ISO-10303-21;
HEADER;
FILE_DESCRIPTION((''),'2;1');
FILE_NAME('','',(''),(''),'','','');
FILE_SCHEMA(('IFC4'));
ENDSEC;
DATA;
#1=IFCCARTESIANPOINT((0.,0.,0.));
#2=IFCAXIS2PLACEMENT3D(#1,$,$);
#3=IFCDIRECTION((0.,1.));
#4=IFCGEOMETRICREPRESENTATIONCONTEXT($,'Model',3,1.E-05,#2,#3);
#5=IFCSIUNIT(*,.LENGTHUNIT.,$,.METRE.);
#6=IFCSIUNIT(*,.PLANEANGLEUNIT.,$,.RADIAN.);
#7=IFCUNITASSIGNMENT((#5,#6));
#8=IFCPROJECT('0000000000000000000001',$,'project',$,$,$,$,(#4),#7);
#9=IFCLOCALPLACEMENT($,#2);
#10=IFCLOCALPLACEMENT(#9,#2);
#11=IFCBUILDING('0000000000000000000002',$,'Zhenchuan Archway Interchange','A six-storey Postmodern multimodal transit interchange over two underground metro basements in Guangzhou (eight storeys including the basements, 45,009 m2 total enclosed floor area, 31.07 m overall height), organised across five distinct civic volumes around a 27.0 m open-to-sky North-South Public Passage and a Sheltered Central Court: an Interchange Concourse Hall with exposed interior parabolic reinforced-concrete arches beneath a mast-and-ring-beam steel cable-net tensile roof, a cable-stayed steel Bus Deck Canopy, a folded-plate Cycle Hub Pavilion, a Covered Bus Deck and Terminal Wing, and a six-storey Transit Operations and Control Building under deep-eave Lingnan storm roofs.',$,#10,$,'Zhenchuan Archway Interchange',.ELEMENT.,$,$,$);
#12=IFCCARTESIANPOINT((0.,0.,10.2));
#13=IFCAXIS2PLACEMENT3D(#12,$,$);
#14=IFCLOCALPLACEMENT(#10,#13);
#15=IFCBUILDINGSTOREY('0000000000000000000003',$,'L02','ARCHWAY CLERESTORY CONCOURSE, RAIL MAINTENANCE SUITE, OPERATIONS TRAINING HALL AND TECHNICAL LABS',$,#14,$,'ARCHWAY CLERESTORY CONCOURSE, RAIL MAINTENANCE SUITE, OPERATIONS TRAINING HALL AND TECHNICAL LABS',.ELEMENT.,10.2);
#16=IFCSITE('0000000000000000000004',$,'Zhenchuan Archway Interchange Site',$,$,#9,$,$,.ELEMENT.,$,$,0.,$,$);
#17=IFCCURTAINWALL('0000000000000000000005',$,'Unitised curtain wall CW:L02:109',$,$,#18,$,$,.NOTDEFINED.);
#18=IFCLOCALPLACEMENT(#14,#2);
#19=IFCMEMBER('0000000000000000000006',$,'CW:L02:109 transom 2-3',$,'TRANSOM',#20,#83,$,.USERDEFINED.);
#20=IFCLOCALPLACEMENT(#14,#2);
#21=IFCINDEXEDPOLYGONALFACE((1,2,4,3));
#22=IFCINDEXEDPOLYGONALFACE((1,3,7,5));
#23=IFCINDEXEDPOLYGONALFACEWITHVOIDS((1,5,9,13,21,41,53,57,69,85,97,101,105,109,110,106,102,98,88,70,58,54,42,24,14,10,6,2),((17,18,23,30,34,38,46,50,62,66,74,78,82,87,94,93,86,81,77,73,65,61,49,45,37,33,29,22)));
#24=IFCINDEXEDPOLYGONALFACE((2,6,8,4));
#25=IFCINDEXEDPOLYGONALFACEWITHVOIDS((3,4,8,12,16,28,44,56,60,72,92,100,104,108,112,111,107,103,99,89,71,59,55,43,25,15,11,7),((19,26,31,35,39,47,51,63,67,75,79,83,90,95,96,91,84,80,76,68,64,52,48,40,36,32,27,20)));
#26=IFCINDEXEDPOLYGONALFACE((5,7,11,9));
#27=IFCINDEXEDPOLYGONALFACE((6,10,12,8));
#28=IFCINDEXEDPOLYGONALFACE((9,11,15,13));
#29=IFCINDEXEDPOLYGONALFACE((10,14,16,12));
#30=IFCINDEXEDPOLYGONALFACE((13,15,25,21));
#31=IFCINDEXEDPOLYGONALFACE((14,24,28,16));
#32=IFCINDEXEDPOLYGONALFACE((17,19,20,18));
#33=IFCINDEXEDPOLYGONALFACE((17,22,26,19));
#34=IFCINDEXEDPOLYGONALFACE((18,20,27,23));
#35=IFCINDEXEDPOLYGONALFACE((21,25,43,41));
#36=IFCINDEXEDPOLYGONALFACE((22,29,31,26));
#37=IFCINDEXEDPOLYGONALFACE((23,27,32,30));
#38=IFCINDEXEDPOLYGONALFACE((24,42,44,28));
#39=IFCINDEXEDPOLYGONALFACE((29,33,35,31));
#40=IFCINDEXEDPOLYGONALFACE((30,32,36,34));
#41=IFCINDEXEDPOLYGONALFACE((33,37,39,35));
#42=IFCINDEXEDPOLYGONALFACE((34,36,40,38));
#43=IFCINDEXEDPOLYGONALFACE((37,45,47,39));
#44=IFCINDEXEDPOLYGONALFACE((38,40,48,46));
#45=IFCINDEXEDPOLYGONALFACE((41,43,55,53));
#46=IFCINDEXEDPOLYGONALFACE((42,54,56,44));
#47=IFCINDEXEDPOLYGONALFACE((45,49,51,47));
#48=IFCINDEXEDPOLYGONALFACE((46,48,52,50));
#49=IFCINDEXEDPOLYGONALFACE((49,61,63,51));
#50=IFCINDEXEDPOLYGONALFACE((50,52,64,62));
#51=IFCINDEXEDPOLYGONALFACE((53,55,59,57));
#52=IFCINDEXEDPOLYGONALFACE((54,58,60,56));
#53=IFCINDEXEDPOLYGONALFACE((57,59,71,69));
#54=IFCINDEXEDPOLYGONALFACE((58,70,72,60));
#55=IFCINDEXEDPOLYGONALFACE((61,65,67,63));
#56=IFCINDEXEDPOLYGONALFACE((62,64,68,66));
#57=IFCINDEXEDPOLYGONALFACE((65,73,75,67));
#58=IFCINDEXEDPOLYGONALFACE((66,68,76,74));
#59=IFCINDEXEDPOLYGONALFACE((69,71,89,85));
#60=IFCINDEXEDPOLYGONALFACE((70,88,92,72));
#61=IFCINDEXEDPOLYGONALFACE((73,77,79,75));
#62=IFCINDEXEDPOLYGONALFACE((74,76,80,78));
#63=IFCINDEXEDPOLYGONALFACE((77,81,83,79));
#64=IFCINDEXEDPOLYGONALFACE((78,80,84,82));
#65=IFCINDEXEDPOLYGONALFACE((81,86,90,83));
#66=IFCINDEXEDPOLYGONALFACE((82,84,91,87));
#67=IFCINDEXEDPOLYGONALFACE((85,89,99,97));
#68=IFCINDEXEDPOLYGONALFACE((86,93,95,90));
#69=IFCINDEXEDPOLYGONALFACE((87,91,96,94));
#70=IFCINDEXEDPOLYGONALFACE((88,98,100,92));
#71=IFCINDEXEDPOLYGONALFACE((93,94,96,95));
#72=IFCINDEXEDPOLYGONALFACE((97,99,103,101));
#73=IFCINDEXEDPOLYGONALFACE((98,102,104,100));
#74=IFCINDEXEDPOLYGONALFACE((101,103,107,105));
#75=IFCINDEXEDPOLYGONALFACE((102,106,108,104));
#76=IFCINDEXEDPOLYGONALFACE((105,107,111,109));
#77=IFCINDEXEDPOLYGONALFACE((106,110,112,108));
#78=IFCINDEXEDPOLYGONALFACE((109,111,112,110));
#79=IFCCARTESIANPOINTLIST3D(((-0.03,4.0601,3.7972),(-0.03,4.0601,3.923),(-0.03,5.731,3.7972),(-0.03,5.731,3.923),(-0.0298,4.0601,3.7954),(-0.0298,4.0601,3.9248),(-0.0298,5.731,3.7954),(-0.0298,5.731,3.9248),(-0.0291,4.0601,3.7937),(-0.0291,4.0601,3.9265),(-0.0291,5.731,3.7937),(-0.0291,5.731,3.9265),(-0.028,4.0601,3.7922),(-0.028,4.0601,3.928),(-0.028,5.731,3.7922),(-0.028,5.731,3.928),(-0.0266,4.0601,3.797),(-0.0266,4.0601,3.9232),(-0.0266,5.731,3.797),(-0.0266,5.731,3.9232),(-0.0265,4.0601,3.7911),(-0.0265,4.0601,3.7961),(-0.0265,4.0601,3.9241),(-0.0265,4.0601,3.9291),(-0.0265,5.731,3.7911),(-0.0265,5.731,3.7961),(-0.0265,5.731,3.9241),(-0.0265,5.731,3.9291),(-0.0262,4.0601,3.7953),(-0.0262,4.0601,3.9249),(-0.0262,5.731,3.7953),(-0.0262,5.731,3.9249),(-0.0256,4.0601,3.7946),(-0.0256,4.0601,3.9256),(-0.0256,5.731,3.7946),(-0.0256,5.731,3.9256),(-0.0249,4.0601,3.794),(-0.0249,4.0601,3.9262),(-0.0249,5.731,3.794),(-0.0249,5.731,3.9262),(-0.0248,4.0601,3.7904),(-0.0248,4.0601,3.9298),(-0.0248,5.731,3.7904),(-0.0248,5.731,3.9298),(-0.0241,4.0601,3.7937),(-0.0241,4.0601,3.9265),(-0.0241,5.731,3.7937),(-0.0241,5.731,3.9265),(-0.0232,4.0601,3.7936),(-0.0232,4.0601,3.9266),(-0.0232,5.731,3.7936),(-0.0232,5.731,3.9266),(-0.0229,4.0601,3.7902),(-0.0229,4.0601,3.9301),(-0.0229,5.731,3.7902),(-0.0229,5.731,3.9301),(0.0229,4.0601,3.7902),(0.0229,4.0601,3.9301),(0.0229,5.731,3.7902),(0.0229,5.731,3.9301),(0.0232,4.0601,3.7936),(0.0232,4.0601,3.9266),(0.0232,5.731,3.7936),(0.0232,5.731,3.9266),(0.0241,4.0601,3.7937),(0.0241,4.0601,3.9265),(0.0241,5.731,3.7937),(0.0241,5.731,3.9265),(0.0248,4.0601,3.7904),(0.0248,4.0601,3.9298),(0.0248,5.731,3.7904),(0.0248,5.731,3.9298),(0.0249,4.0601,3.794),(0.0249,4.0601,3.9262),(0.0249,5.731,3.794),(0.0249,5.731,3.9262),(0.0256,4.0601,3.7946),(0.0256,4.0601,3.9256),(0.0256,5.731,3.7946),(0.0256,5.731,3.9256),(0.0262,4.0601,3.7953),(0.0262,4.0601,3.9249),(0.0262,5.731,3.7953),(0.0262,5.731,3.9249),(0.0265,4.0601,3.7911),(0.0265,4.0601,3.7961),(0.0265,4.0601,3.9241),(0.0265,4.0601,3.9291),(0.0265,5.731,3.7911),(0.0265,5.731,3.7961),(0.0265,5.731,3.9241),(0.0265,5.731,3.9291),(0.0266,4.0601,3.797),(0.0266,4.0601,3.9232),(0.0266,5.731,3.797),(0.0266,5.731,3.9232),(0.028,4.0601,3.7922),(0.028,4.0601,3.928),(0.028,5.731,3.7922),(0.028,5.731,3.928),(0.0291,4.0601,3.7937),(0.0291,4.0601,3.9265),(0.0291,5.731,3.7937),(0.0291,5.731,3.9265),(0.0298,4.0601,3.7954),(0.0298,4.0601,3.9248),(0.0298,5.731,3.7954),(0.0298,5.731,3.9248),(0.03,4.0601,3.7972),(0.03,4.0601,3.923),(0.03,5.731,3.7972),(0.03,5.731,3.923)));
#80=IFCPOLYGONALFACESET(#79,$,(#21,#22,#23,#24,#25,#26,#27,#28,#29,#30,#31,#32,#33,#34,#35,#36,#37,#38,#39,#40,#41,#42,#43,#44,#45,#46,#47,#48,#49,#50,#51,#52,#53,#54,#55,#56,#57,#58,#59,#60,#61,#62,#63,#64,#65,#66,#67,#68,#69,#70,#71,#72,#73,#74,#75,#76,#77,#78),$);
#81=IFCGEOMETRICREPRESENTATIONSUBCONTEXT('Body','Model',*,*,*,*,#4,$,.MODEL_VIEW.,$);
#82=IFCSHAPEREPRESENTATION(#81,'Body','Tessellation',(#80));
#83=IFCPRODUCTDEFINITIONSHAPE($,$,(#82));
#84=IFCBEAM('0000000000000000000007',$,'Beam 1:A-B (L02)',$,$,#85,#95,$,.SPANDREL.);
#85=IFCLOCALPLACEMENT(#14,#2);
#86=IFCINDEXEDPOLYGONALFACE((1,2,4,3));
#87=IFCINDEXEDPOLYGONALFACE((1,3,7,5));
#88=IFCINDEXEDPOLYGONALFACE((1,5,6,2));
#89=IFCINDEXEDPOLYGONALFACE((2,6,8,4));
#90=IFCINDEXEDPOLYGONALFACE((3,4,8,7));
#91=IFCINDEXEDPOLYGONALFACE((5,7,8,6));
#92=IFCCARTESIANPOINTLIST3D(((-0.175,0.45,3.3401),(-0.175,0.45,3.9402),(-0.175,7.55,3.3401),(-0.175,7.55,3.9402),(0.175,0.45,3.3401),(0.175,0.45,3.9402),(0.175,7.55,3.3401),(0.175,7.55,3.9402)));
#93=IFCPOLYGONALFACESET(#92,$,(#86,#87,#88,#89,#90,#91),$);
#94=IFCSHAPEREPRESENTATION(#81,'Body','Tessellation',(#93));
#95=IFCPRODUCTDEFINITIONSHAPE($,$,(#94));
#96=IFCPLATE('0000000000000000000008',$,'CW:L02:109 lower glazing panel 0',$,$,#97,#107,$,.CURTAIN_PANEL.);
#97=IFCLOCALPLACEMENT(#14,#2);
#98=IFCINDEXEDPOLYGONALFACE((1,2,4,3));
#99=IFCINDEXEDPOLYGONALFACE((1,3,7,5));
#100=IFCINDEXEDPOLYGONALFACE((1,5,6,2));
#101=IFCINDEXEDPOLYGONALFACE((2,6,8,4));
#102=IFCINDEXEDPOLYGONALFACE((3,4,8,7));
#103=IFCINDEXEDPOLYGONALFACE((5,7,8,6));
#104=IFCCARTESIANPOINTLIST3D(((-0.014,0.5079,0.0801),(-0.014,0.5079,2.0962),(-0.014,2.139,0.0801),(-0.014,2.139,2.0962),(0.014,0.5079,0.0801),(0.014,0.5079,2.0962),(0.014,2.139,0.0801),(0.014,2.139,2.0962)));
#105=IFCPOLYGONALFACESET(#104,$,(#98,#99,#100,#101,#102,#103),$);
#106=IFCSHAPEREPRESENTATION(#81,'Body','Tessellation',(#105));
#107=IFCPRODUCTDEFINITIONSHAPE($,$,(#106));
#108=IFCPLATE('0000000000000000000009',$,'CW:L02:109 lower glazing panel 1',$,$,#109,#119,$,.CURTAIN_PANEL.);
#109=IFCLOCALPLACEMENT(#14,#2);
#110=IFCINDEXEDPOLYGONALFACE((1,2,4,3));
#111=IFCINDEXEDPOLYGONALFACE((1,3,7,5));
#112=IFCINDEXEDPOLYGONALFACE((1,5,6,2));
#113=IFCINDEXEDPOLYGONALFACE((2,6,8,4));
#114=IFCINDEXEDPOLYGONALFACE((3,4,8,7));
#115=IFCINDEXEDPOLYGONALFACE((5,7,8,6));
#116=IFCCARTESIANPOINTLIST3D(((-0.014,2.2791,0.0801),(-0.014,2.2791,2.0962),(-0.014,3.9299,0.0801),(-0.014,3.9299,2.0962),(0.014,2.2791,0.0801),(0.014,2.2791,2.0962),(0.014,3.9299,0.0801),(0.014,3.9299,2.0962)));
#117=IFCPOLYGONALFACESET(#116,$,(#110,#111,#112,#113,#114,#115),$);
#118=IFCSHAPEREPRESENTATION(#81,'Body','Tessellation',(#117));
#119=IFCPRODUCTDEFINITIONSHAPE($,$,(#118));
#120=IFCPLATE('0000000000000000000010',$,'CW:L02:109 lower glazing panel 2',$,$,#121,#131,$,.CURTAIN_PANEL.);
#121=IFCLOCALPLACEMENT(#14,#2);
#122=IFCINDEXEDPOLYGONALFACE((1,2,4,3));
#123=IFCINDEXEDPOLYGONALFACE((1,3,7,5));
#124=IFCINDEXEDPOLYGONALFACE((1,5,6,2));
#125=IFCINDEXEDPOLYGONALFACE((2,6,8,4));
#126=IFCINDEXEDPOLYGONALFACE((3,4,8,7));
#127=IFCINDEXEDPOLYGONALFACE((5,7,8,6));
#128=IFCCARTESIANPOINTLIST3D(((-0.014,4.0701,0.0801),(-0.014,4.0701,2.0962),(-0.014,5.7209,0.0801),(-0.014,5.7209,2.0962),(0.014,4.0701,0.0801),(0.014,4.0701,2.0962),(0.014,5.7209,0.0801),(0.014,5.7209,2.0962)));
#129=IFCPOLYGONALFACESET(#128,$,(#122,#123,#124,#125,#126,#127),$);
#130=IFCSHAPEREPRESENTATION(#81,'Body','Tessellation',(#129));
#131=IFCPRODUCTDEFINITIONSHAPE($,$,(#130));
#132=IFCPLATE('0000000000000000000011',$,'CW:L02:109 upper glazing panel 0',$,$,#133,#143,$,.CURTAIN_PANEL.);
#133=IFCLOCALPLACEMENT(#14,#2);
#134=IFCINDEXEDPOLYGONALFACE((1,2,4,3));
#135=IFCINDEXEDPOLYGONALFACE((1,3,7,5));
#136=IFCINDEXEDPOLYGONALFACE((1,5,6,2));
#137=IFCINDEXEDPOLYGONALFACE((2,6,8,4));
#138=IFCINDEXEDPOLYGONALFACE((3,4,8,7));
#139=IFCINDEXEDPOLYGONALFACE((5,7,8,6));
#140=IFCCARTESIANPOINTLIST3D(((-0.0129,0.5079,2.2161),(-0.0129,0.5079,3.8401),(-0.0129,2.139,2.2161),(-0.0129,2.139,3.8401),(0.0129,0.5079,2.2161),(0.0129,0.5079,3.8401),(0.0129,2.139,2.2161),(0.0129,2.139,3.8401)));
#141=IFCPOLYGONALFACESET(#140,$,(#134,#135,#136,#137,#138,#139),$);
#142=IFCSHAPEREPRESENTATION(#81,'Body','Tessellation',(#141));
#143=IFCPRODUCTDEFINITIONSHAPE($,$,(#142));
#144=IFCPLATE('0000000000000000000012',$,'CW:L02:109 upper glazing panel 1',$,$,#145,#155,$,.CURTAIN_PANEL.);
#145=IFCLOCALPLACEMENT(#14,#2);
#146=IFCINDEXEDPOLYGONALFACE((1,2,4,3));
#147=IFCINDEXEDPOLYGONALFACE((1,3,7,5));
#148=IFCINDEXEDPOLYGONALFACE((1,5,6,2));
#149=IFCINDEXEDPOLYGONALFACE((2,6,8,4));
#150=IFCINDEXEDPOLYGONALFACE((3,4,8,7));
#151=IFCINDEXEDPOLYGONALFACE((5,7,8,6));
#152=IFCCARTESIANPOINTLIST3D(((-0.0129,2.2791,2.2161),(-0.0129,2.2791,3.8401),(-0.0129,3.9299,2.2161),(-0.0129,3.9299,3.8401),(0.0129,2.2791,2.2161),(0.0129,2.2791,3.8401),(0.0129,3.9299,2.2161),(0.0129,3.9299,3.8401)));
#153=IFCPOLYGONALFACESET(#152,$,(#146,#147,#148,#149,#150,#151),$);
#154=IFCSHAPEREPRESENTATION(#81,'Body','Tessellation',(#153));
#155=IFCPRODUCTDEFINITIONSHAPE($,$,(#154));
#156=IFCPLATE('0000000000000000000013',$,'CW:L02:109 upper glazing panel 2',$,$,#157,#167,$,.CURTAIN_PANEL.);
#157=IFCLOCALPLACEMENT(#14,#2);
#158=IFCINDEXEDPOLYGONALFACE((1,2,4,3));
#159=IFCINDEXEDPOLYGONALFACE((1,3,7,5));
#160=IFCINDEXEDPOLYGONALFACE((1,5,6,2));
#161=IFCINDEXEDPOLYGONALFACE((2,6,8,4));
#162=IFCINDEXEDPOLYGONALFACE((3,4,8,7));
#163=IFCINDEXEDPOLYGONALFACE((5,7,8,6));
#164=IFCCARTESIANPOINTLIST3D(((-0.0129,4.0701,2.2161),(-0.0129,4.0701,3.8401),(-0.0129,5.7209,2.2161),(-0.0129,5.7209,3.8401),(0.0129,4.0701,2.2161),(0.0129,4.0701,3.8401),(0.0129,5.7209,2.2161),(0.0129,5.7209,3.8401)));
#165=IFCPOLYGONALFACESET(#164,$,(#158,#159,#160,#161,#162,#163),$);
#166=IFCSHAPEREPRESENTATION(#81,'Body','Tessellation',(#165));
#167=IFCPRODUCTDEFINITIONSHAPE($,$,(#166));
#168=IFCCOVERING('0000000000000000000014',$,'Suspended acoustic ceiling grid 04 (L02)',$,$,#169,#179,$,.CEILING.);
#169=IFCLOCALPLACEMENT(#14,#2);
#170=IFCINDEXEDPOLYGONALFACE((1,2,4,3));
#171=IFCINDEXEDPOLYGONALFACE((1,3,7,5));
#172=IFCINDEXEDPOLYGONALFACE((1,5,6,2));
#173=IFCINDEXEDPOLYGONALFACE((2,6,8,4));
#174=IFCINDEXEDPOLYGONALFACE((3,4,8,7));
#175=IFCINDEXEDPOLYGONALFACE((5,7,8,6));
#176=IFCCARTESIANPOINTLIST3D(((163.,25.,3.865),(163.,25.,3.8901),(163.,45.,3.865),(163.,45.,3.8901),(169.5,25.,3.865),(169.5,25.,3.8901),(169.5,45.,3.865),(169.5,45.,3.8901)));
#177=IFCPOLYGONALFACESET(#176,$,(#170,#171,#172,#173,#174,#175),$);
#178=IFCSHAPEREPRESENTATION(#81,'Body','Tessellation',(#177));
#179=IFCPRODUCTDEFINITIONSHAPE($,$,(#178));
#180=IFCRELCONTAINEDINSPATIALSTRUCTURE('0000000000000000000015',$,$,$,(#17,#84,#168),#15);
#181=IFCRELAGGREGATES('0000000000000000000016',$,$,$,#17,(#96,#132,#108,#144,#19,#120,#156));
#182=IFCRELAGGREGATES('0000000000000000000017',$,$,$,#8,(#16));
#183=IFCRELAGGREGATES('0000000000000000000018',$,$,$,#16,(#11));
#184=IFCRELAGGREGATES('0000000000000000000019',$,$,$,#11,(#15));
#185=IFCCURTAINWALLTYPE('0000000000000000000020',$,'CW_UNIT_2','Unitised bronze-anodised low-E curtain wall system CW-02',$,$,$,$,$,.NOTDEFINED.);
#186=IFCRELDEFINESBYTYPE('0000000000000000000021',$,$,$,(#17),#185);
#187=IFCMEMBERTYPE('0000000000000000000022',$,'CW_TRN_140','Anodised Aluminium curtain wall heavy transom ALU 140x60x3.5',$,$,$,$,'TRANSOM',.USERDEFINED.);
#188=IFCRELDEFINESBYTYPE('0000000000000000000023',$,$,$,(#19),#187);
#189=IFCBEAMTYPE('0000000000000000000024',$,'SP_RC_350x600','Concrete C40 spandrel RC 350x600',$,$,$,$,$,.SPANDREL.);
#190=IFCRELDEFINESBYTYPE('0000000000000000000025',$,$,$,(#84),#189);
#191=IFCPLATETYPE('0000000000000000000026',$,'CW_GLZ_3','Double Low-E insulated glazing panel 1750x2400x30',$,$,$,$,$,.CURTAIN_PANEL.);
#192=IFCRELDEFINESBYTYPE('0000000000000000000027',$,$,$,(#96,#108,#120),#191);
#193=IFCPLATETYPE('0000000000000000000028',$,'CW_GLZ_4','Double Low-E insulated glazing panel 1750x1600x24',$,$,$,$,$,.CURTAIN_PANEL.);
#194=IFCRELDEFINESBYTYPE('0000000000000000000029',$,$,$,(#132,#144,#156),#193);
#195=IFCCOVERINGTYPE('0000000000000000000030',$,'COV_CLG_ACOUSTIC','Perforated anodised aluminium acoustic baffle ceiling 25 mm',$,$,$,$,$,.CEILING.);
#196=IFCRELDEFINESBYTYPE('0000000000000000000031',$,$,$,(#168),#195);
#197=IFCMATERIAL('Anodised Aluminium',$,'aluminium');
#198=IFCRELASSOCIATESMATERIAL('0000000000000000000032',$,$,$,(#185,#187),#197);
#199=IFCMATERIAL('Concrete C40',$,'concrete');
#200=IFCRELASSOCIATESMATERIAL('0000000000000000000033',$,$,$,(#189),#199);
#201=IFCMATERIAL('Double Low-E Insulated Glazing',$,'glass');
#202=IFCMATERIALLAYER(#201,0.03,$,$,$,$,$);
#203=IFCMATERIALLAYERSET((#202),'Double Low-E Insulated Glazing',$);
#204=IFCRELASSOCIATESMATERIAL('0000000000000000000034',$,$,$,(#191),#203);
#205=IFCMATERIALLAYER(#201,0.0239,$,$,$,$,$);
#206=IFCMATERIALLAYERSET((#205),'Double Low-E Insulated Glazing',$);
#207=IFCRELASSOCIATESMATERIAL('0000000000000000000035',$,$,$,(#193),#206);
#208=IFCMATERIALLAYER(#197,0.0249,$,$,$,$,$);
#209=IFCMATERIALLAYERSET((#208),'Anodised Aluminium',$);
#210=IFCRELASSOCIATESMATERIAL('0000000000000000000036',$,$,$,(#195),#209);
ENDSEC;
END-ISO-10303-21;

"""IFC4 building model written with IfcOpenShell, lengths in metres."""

from ifc_helpers import new_model, si_unit, direction, frame, origin, origin_2d, place, context, subcontext, project, spatial, polyline, rectangle, hollow_rectangle, outline, extrude, material, layer, layer_set, material_profile, profile_set, type_object, element, aggregate, save


model = new_model("IFC4")

# Units and contexts
model_context = context("Model", 3, precision=1e-05, world=origin(), true_north=direction((0.0, 1.0)))
body_context = subcontext(model_context, "Body", "Model", "MODEL_VIEW")
ifc_project = project(units=[si_unit("LENGTHUNIT", "METRE"), si_unit("PLANEANGLEUNIT", "RADIAN")], contexts=[model_context])

# Site, building, storey
site_placement = place(None, origin())
site = spatial("IfcSite", under=ifc_project, at=site_placement, Name="Zhenchuan Archway Interchange Site", CompositionType="ELEMENT", RefElevation=0.0)
building_placement = place(site_placement, origin())
building = spatial("IfcBuilding", under=site, at=building_placement, Name="Zhenchuan Archway Interchange", Description="A six-storey Postmodern multimodal transit interchange over two underground metro basements in Guangzhou (eight storeys including the basements, 45,009 m2 total enclosed floor area, 31.07 m overall height), organised across five distinct civic volumes around a 27.0 m open-to-sky North-South Public Passage and a Sheltered Central Court: an Interchange Concourse Hall with exposed interior parabolic reinforced-concrete arches beneath a mast-and-ring-beam steel cable-net tensile roof, a cable-stayed steel Bus Deck Canopy, a folded-plate Cycle Hub Pavilion, a Covered Bus Deck and Terminal Wing, and a six-storey Transit Operations and Control Building under deep-eave Lingnan storm roofs.", LongName="Zhenchuan Archway Interchange", CompositionType="ELEMENT")
storey_placement = place(building_placement, frame((0.0, 0.0, 10.2)))
storey = spatial("IfcBuildingStorey", under=building, at=storey_placement, Name="L02", Description="ARCHWAY CLERESTORY CONCOURSE, RAIL MAINTENANCE SUITE, OPERATIONS TRAINING HALL AND TECHNICAL LABS", LongName="ARCHWAY CLERESTORY CONCOURSE, RAIL MAINTENANCE SUITE, OPERATIONS TRAINING HALL AND TECHNICAL LABS", CompositionType="ELEMENT", Elevation=10.2)

# Curtain wall, member
ifc_material_1 = material(Name="Anodised Aluminium", Category="aluminium")
curtain_wall_type = type_object("IfcCurtainWallType", Name="CW_UNIT_2", Description="Unitised bronze-anodised low-E curtain wall system CW-02", PredefinedType="NOTDEFINED", material=ifc_material_1)
curtain_wall_placement = place(storey_placement, origin())
curtain_wall = element("IfcCurtainWall", 1, at=curtain_wall_placement, inside=storey, type_object=curtain_wall_type, Name="Unitised curtain wall CW:L02:109", PredefinedType="NOTDEFINED")
ifc_material_profile_1 = material_profile(ifc_material_1, hollow_rectangle(XDim=0.0601, YDim=0.1399, WallThickness=0.0034, InnerFilletRadius=0.0034, OuterFilletRadius=0.0071, at=origin_2d()), Name="ALU 140x60x3.5")
ifc_profile_set_1 = profile_set([ifc_material_profile_1], Name="Anodised Aluminium")
member_type_1 = type_object("IfcMemberType", Name="CW_TRN_140", Description="Anodised Aluminium curtain wall heavy transom ALU 140x60x3.5", ElementType="TRANSOM", PredefinedType="USERDEFINED", material=ifc_profile_set_1)
member_1_placement = place(storey_placement, frame((0.0, 4.0601, 3.8601), z_axis=(0.0, 1.0, 0.0), x_axis=(-1.0, 0.0, 0.0)))
member_1 = element("IfcMember", 2, at=member_1_placement, type_object=member_type_1, Name="CW:L02:109 transom 2-3", ObjectType="TRANSOM", PredefinedType="USERDEFINED", context=body_context, shape_type="SweptSolid", body=[
    extrude(hollow_rectangle(XDim=0.0601, YDim=0.1399, WallThickness=0.0034, InnerFilletRadius=0.0034, OuterFilletRadius=0.0071, at=origin_2d()), origin(), (0.0, 0.0, 1.0), 1.6709),
])

# Beam
ifc_material_2 = material(Name="Concrete C40", Category="concrete")
ifc_material_profile_2 = material_profile(ifc_material_2, rectangle(XDim=0.3501, YDim=0.6001, at=origin_2d()), Name="RC 350x600")
ifc_profile_set_2 = profile_set([ifc_material_profile_2], Name="Concrete C40")
beam_type = type_object("IfcBeamType", Name="SP_RC_350x600", Description="Concrete C40 spandrel RC 350x600", PredefinedType="SPANDREL", material=ifc_profile_set_2)
beam_placement = place(storey_placement, frame((0.0, 0.45, 3.6401), z_axis=(0.0, 1.0, 0.0), x_axis=(-1.0, 0.0, 0.0)))
element("IfcBeam", 3, at=beam_placement, inside=storey, type_object=beam_type, Name="Beam 1:A-B (L02)", PredefinedType="SPANDREL", context=body_context, shape_type="SweptSolid", body=[
    extrude(rectangle(XDim=0.3501, YDim=0.6001, at=origin_2d()), origin(), (0.0, 0.0, 1.0), 7.1001),
])

# Plates
ifc_material_3 = material(Name="Double Low-E Insulated Glazing", Category="glass")
ifc_layer_1 = layer(ifc_material_3, 0.03)
ifc_layer_set_1 = layer_set([ifc_layer_1], Name="Double Low-E Insulated Glazing")
plate_type_1 = type_object("IfcPlateType", Name="CW_GLZ_3", Description="Double Low-E insulated glazing panel 1750x2400x30", PredefinedType="CURTAIN_PANEL", material=ifc_layer_set_1)
plate_1_placement = place(storey_placement, frame((0.0, 1.3235, 0.0801), z_axis=(0.0, 0.0, 1.0), x_axis=(0.0, 1.0, 0.0)))
plate_1 = element("IfcPlate", 4, at=plate_1_placement, type_object=plate_type_1, Name="CW:L02:109 lower glazing panel 0", PredefinedType="CURTAIN_PANEL", context=body_context, shape_type="SweptSolid", body=[
    extrude(rectangle(XDim=1.6311, YDim=0.0281, at=origin_2d()), origin(), (0.0, 0.0, 1.0), 2.0161),
])
plate_2_placement = place(storey_placement, frame((0.0, 3.1045, 0.0801), z_axis=(0.0, 0.0, 1.0), x_axis=(0.0, 1.0, 0.0)))
plate_2 = element("IfcPlate", 5, at=plate_2_placement, type_object=plate_type_1, Name="CW:L02:109 lower glazing panel 1", PredefinedType="CURTAIN_PANEL", context=body_context, shape_type="SweptSolid", body=[
    extrude(rectangle(XDim=1.6509, YDim=0.0281, at=origin_2d()), origin(), (0.0, 0.0, 1.0), 2.0161),
])
plate_3_placement = place(storey_placement, frame((0.0, 4.8955, 0.0801), z_axis=(0.0, 0.0, 1.0), x_axis=(0.0, 1.0, 0.0)))
plate_3 = element("IfcPlate", 6, at=plate_3_placement, type_object=plate_type_1, Name="CW:L02:109 lower glazing panel 2", PredefinedType="CURTAIN_PANEL", context=body_context, shape_type="SweptSolid", body=[
    extrude(rectangle(XDim=1.6509, YDim=0.0281, at=origin_2d()), origin(), (0.0, 0.0, 1.0), 2.0161),
])
ifc_layer_2 = layer(ifc_material_3, 0.0239)
ifc_layer_set_2 = layer_set([ifc_layer_2], Name="Double Low-E Insulated Glazing")
plate_type_2 = type_object("IfcPlateType", Name="CW_GLZ_4", Description="Double Low-E insulated glazing panel 1750x1600x24", PredefinedType="CURTAIN_PANEL", material=ifc_layer_set_2)
plate_4_placement = place(storey_placement, frame((0.0, 1.3235, 2.2161), z_axis=(0.0, 0.0, 1.0), x_axis=(0.0, 1.0, 0.0)))
plate_4 = element("IfcPlate", 7, at=plate_4_placement, type_object=plate_type_2, Name="CW:L02:109 upper glazing panel 0", PredefinedType="CURTAIN_PANEL", context=body_context, shape_type="SweptSolid", body=[
    extrude(rectangle(XDim=1.6311, YDim=0.0259, at=origin_2d()), origin(), (0.0, 0.0, 1.0), 1.624),
])
plate_5_placement = place(storey_placement, frame((0.0, 3.1045, 2.2161), z_axis=(0.0, 0.0, 1.0), x_axis=(0.0, 1.0, 0.0)))
plate_5 = element("IfcPlate", 8, at=plate_5_placement, type_object=plate_type_2, Name="CW:L02:109 upper glazing panel 1", PredefinedType="CURTAIN_PANEL", context=body_context, shape_type="SweptSolid", body=[
    extrude(rectangle(XDim=1.6509, YDim=0.0259, at=origin_2d()), origin(), (0.0, 0.0, 1.0), 1.624),
])
plate_6_placement = place(storey_placement, frame((0.0, 4.8955, 2.2161), z_axis=(0.0, 0.0, 1.0), x_axis=(0.0, 1.0, 0.0)))
plate_6 = element("IfcPlate", 9, at=plate_6_placement, type_object=plate_type_2, Name="CW:L02:109 upper glazing panel 2", PredefinedType="CURTAIN_PANEL", context=body_context, shape_type="SweptSolid", body=[
    extrude(rectangle(XDim=1.6509, YDim=0.0259, at=origin_2d()), origin(), (0.0, 0.0, 1.0), 1.624),
])
aggregate(curtain_wall, [plate_1, plate_4, plate_2, plate_5, member_1, plate_3, plate_6])

# Covering
ifc_layer_3 = layer(ifc_material_1, 0.0249)
ifc_layer_set_3 = layer_set([ifc_layer_3], Name="Anodised Aluminium")
covering_type = type_object("IfcCoveringType", Name="COV_CLG_ACOUSTIC", Description="Perforated anodised aluminium acoustic baffle ceiling 25 mm", PredefinedType="CEILING", material=ifc_layer_set_3)
covering_placement = place(storey_placement, frame((0.0, 0.0, 3.865)))
element("IfcCovering", 10, at=covering_placement, inside=storey, type_object=covering_type, Name="Suspended acoustic ceiling grid 04 (L02)", PredefinedType="CEILING", context=body_context, shape_type="SweptSolid", body=[
    extrude(outline(polyline([(163.0, 25.0), (169.5, 25.0), (169.5, 45.0), (163.0, 45.0), (163.0, 25.0)])), origin(), (0.0, 0.0, 1.0), 0.0251),
])

save(model, "model.ifc")
